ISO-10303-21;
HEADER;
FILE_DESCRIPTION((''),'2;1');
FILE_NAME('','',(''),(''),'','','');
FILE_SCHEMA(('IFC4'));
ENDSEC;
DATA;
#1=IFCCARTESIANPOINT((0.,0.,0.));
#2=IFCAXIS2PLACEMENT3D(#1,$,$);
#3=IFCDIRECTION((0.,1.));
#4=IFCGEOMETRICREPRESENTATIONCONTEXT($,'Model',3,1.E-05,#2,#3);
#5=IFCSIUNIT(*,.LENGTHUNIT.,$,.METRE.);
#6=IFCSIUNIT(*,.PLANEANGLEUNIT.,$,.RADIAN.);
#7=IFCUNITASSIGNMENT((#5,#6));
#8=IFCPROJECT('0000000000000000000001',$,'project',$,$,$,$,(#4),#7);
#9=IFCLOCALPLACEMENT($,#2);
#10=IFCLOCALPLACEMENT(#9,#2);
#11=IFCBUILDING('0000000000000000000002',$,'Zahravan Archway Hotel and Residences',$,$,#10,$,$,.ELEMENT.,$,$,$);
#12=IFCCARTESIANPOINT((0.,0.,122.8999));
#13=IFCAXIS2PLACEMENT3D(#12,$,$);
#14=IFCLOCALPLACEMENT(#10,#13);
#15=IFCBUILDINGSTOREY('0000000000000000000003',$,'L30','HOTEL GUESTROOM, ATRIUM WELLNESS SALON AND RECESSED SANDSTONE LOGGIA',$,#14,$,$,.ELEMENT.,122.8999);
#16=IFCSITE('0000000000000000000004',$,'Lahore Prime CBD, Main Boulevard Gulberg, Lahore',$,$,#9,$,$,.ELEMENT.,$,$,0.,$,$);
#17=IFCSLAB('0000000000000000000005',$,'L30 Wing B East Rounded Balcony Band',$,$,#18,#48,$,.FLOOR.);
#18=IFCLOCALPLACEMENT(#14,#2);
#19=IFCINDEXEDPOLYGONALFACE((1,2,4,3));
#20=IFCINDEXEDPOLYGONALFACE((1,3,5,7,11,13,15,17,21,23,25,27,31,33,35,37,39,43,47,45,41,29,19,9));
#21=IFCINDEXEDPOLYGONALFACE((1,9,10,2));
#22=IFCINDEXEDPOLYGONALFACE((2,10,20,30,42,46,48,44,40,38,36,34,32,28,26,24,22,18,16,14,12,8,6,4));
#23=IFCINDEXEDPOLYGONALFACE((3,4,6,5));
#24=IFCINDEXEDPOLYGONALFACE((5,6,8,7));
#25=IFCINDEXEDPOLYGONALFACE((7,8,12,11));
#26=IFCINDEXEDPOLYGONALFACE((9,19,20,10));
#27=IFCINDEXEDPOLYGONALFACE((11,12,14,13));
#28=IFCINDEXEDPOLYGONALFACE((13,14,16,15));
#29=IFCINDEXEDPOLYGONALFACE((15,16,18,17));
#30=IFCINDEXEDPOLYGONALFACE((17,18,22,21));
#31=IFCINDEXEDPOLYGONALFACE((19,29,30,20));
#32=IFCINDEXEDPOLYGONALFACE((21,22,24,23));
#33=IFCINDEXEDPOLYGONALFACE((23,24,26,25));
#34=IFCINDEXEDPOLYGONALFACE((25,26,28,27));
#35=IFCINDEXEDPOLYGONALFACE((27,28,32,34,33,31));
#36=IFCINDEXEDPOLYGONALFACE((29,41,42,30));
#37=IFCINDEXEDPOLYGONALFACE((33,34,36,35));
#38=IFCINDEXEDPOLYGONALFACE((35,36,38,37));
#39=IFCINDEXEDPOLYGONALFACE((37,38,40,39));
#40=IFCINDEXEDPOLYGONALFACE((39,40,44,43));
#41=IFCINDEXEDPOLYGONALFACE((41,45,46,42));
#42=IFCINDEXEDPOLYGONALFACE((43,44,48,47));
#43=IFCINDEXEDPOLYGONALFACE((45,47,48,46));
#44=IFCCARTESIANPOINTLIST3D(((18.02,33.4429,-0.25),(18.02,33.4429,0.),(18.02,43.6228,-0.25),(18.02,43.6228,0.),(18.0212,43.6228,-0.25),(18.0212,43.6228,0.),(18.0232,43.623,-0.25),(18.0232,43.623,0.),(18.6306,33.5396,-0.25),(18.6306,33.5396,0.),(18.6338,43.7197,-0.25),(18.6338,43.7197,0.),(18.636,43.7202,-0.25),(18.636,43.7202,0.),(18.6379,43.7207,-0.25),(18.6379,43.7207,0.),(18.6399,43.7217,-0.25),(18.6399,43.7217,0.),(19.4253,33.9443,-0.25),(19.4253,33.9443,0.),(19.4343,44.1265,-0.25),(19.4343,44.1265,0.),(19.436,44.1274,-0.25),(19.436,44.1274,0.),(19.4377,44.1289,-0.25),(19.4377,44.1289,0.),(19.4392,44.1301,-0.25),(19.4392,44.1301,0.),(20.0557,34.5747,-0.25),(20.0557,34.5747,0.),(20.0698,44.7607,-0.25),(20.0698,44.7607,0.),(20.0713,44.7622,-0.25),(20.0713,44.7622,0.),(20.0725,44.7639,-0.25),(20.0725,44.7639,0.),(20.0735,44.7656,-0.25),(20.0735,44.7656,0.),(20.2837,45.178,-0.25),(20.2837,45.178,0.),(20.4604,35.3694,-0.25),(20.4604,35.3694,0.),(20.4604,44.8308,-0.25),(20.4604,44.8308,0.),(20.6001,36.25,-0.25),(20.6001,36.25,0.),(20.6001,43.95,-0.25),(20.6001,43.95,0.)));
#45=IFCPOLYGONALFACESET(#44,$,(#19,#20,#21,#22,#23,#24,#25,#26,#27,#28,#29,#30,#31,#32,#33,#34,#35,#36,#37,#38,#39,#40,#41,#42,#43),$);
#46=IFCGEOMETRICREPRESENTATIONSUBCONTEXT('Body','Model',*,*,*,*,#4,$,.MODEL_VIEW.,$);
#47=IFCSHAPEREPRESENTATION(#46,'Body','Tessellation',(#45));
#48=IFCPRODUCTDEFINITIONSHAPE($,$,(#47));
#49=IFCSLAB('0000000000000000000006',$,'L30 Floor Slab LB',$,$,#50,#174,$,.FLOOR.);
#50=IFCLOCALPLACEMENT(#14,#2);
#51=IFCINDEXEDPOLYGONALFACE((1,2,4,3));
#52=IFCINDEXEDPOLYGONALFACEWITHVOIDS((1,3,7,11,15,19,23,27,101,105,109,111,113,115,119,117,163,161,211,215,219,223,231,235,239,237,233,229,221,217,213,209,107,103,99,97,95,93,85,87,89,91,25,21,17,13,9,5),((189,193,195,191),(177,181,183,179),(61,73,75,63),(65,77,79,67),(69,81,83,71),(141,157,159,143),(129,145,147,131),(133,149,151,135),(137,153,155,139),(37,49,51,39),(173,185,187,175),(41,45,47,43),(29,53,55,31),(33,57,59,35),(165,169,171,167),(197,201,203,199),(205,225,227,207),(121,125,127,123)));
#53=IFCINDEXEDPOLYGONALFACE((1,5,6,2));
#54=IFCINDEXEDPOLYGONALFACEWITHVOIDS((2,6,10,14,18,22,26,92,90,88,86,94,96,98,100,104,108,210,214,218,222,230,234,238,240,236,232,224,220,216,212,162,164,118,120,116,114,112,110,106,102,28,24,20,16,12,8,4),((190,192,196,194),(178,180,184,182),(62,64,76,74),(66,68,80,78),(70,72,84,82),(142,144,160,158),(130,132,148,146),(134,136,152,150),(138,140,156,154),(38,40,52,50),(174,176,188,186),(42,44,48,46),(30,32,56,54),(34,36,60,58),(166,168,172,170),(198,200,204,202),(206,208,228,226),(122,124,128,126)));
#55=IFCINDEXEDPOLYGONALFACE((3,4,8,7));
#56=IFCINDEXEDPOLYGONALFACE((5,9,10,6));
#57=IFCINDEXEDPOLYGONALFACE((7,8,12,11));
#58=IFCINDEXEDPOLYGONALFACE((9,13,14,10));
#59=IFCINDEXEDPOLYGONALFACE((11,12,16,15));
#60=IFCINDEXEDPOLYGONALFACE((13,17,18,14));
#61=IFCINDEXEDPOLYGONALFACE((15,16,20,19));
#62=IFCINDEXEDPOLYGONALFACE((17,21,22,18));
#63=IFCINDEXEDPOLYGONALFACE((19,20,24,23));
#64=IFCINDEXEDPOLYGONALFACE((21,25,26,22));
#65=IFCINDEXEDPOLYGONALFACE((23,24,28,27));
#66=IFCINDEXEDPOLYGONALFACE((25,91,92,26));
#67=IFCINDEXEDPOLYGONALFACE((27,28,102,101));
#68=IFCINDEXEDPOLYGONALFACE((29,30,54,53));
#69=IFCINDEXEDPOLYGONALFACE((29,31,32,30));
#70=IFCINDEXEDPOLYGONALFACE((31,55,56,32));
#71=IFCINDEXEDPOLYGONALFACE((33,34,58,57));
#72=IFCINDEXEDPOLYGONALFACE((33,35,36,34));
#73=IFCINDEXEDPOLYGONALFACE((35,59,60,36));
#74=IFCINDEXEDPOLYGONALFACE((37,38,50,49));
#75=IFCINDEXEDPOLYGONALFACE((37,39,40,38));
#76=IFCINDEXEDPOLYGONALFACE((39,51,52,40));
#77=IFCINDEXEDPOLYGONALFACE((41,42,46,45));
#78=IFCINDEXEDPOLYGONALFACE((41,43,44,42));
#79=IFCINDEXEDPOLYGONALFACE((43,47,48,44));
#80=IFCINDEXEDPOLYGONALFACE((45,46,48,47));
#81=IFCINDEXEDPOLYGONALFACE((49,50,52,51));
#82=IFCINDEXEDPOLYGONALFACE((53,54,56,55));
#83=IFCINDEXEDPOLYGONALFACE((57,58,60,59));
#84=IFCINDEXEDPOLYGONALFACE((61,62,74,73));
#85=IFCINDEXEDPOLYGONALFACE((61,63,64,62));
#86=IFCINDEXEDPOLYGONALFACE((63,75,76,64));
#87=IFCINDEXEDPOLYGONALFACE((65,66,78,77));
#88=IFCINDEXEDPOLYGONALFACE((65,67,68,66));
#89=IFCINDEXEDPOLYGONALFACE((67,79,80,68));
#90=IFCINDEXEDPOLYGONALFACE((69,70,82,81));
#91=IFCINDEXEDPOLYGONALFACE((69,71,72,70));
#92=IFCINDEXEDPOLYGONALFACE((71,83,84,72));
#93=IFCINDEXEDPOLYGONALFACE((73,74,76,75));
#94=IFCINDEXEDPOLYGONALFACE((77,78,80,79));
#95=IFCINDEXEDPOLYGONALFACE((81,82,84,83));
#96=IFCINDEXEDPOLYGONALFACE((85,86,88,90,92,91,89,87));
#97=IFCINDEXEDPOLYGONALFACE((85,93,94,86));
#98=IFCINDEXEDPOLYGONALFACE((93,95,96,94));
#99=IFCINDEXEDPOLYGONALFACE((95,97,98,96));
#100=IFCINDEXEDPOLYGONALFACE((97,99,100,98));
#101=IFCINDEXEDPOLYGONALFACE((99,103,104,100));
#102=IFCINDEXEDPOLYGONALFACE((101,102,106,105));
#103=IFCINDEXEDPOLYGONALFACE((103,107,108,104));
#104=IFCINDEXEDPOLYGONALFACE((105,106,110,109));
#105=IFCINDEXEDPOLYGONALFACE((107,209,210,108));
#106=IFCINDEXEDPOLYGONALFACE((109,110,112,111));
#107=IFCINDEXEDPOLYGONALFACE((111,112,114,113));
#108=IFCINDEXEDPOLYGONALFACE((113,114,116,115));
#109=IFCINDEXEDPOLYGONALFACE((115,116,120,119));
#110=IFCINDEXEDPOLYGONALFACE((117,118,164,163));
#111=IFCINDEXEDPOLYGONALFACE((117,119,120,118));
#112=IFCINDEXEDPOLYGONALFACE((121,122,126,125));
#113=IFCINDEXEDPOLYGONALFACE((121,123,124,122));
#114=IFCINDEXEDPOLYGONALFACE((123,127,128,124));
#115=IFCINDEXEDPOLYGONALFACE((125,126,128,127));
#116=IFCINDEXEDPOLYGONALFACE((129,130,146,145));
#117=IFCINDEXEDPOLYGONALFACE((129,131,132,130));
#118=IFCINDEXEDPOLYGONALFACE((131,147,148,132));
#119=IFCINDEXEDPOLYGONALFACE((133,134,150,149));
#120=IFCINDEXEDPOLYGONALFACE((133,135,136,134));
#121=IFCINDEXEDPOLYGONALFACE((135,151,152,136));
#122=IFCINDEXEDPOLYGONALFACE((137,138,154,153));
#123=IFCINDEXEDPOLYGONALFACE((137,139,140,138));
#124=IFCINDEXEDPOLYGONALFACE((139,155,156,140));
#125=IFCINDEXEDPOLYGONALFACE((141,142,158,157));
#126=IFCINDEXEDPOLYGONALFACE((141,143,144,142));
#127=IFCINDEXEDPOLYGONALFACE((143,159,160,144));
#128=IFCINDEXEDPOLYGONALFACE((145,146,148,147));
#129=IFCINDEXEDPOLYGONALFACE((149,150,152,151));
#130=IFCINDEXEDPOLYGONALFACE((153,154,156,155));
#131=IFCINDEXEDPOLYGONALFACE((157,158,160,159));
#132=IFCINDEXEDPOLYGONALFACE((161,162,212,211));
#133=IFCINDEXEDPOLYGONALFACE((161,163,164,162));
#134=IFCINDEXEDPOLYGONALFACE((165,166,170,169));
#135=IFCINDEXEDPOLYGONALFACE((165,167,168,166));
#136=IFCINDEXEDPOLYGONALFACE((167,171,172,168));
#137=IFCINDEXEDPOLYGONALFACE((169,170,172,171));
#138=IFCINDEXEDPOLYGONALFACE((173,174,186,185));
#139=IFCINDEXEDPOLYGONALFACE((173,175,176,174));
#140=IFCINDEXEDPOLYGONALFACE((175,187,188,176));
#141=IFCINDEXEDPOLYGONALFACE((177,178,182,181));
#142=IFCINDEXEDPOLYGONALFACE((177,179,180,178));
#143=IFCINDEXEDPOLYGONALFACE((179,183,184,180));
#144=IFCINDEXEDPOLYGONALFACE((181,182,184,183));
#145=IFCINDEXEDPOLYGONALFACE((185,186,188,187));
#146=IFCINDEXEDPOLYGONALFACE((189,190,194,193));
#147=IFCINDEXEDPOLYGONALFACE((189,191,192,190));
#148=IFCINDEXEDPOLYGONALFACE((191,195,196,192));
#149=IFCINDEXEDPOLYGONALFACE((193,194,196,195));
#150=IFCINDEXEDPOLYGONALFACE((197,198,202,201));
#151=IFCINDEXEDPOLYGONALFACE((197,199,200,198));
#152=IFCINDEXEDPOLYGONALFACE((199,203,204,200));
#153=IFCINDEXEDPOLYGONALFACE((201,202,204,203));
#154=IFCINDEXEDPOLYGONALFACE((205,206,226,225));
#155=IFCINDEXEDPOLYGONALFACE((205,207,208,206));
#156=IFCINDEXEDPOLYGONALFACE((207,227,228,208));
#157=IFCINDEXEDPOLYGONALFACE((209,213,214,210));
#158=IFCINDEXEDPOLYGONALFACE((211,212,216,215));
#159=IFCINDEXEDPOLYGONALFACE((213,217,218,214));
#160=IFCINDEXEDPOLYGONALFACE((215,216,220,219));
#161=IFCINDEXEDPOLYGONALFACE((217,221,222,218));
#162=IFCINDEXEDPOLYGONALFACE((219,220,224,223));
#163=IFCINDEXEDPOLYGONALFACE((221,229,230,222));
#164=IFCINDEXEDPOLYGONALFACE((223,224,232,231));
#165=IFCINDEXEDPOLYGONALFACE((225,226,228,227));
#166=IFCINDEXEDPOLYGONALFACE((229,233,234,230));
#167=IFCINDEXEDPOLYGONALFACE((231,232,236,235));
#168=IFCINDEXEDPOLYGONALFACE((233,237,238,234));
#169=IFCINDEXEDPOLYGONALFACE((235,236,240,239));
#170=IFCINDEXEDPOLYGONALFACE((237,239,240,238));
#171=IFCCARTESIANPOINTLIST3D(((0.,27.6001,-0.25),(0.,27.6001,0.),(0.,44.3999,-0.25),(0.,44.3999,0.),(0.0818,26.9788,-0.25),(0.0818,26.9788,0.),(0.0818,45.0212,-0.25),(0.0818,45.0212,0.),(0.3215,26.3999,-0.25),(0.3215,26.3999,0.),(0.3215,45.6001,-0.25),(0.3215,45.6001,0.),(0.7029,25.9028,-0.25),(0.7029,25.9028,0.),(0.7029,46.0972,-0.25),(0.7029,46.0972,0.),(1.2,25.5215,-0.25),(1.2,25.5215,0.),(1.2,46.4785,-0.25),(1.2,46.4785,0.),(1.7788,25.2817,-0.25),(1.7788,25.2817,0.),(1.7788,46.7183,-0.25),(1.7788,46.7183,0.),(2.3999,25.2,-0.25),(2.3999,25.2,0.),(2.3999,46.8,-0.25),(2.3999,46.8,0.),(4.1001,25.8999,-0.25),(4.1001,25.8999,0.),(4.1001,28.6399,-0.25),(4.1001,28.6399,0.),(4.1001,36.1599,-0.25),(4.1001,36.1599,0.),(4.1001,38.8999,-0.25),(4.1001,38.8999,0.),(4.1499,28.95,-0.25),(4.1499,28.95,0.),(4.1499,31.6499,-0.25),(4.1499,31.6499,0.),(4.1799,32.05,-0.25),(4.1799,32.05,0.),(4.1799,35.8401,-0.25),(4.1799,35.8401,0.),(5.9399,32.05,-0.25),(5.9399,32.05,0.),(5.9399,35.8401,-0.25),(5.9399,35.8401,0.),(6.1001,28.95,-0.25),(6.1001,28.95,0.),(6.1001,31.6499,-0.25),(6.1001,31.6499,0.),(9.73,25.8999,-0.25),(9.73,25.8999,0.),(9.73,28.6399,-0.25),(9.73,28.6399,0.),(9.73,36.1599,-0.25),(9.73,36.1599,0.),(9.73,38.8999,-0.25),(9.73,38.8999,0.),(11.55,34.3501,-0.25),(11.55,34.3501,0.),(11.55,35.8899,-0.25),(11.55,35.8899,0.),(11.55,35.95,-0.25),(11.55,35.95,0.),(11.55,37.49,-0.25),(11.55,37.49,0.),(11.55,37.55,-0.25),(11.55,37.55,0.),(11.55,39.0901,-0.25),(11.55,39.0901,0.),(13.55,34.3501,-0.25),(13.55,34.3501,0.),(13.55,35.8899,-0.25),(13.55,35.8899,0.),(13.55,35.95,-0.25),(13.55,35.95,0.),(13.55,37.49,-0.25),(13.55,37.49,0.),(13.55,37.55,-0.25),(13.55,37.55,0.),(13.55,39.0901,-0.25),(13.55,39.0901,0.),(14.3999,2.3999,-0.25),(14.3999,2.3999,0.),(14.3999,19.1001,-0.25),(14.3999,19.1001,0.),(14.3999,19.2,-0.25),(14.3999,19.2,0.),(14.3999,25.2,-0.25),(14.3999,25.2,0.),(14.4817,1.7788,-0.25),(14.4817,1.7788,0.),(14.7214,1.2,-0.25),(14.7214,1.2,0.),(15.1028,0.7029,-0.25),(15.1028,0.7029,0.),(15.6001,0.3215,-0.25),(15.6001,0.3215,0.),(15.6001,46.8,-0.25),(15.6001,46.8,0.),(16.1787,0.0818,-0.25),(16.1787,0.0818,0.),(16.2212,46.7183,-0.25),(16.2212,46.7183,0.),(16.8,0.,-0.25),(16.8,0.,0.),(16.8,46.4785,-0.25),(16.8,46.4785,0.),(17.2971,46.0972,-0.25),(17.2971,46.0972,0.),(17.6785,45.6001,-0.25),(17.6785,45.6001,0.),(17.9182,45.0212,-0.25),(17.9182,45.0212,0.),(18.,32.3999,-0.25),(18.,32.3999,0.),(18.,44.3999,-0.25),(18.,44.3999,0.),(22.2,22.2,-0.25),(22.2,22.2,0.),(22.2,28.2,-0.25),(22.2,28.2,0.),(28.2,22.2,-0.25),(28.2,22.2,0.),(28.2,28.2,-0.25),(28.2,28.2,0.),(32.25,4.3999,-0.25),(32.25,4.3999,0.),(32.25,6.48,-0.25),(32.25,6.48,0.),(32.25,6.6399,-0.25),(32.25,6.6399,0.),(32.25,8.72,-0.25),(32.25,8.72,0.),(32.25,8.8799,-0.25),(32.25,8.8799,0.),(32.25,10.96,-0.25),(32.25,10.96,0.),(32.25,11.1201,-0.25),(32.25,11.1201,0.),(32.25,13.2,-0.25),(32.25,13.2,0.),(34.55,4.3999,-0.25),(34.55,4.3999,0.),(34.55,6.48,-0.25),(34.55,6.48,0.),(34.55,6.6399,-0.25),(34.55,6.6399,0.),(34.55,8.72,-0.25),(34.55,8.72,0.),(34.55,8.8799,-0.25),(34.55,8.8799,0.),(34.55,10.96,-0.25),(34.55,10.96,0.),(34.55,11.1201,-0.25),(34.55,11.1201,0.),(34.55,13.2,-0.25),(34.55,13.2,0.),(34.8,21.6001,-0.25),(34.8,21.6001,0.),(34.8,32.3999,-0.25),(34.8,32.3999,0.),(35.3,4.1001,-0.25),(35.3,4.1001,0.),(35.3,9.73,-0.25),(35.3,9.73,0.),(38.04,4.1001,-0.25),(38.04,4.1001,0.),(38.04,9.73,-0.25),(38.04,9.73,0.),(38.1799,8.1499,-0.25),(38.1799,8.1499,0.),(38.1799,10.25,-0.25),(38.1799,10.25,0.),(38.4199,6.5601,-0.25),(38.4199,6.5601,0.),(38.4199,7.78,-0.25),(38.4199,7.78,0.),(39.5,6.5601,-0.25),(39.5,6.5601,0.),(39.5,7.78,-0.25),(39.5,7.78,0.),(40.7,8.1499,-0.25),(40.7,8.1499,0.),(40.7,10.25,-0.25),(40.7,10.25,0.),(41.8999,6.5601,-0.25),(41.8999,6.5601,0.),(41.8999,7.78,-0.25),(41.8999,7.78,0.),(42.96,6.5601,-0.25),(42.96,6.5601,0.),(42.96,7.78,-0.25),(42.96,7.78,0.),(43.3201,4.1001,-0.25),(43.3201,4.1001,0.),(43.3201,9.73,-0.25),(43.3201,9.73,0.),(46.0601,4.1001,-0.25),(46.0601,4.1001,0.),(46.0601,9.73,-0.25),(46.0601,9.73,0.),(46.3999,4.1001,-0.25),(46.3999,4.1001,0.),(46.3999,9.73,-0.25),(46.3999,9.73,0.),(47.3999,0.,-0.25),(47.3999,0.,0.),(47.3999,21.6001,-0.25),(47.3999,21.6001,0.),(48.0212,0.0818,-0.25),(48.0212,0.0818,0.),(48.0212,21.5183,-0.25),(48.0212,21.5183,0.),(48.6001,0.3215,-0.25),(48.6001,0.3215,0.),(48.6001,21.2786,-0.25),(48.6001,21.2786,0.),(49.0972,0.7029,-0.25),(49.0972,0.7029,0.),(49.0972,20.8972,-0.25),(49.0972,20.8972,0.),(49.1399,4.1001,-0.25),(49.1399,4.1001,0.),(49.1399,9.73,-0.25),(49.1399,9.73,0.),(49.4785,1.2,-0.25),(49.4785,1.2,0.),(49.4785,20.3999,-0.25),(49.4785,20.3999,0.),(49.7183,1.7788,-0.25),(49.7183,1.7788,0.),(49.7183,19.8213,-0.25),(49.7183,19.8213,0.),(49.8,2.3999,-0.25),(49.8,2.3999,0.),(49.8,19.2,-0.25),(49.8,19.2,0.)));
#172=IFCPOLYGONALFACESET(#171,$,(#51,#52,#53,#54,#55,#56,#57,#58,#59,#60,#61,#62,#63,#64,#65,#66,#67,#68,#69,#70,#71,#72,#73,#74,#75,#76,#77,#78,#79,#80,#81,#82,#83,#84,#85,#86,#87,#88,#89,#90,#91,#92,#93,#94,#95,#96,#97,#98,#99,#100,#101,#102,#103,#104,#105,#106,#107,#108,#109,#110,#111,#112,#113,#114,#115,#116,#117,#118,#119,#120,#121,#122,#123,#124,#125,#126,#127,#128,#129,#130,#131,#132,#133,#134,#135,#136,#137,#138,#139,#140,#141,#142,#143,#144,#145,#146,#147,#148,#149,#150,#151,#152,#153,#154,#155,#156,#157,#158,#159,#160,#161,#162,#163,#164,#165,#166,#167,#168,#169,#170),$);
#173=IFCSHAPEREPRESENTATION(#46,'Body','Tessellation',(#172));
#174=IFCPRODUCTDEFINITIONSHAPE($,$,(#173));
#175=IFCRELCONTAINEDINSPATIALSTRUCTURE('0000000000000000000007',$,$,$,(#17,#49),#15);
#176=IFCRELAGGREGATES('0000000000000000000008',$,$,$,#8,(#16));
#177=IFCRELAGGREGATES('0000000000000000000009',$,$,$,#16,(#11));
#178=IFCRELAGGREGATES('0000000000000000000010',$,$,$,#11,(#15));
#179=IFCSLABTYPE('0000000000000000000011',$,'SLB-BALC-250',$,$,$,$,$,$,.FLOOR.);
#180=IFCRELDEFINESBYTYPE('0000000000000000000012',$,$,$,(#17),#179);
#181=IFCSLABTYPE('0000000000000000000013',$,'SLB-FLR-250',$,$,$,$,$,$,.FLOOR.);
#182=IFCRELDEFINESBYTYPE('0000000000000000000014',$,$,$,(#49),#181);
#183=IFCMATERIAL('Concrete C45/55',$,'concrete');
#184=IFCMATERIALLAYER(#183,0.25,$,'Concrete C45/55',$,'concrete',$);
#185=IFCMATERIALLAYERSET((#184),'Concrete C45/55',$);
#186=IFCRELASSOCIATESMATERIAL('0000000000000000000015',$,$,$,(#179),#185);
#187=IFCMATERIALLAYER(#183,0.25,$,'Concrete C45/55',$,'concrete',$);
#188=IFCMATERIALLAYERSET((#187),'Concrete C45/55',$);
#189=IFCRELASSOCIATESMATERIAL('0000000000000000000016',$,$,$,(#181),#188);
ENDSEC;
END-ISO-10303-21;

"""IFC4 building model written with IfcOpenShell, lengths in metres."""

from ifc_helpers import new_model, si_unit, direction, frame, origin, place, context, subcontext, project, spatial, polyline, outline, extrude, material, layer, layer_set, type_object, element, save


model = new_model("IFC4")

# Units and contexts
model_context = context("Model", 3, precision=1e-05, world=origin(), true_north=direction((0.0, 1.0)))
body_context = subcontext(model_context, "Body", "Model", "MODEL_VIEW")
ifc_project = project(units=[si_unit("LENGTHUNIT", "METRE"), si_unit("PLANEANGLEUNIT", "RADIAN")], contexts=[model_context])

# Site, building, storey
site_placement = place(None, origin())
site = spatial("IfcSite", under=ifc_project, at=site_placement, Name="Lahore Prime CBD, Main Boulevard Gulberg, Lahore", CompositionType="ELEMENT", RefElevation=0.0)
building_placement = place(site_placement, origin())
building = spatial("IfcBuilding", under=site, at=building_placement, Name="Zahravan Archway Hotel and Residences", CompositionType="ELEMENT")
storey_placement = place(building_placement, frame((0.0, 0.0, 122.8999)))
storey = spatial("IfcBuildingStorey", under=building, at=storey_placement, Name="L30", Description="HOTEL GUESTROOM, ATRIUM WELLNESS SALON AND RECESSED SANDSTONE LOGGIA", CompositionType="ELEMENT", Elevation=122.8999)

# Slabs
ifc_material_1 = material(Name="Concrete C45/55", Category="concrete")
ifc_layer_1 = layer(ifc_material_1, 0.25, Name="Concrete C45/55", Category="concrete")
ifc_layer_set_1 = layer_set([ifc_layer_1], Name="Concrete C45/55")
slab_type_1 = type_object("IfcSlabType", Name="SLB-BALC-250", PredefinedType="FLOOR", material=ifc_layer_set_1)
slab_1_placement = place(storey_placement, frame((0.0, 0.0, -0.25)))
element("IfcSlab", 1, at=slab_1_placement, inside=storey, type_object=slab_type_1, Name="L30 Wing B East Rounded Balcony Band", PredefinedType="FLOOR", context=body_context, shape_type="SweptSolid", body=[
    extrude(outline(polyline([(20.4604, 44.8308), (20.6001, 43.95), (20.6001, 36.25), (20.4604, 35.3694), (20.0557, 34.5747), (19.4253, 33.9443), (18.6306, 33.5396), (18.02, 33.4429), (18.02, 43.6228), (18.0212, 43.6228), (18.0232, 43.623), (18.6338, 43.7197), (18.636, 43.7202), (18.6379, 43.7207), (18.6399, 43.7217), (19.4343, 44.1265), (19.436, 44.1274), (19.4377, 44.1289), (19.4392, 44.1301), (20.0698, 44.7607), (20.0713, 44.7622), (20.0725, 44.7639), (20.0735, 44.7656), (20.2837, 45.178), (20.4604, 44.8308)])), origin(), (0.0, 0.0, 1.0), 0.25),
])
ifc_layer_2 = layer(ifc_material_1, 0.25, Name="Concrete C45/55", Category="concrete")
ifc_layer_set_2 = layer_set([ifc_layer_2], Name="Concrete C45/55")
slab_type_2 = type_object("IfcSlabType", Name="SLB-FLR-250", PredefinedType="FLOOR", material=ifc_layer_set_2)
slab_2_placement = place(storey_placement, frame((0.0, 0.0, -0.25)))
element("IfcSlab", 2, at=slab_2_placement, inside=storey, type_object=slab_type_2, Name="L30 Floor Slab LB", PredefinedType="FLOOR", context=body_context, shape_type="SweptSolid", body=[
    extrude(outline(polyline([(34.8, 21.6001), (34.8, 32.3999), (18.0, 32.3999), (18.0, 44.3999), (17.9182, 45.0212), (17.6785, 45.6001), (17.2971, 46.0972), (16.8, 46.4785), (16.2212, 46.7183), (15.6001, 46.8), (2.3999, 46.8), (1.7788, 46.7183), (1.2, 46.4785), (0.7029, 46.0972), (0.3215, 45.6001), (0.0818, 45.0212), (0.0, 44.3999), (0.0, 27.6001), (0.0818, 26.9788), (0.3215, 26.3999), (0.7029, 25.9028), (1.2, 25.5215), (1.7788, 25.2817), (2.3999, 25.2), (14.3999, 25.2), (14.3999, 19.2), (14.3999, 19.1001), (14.3999, 2.3999), (14.4817, 1.7788), (14.7214, 1.2), (15.1028, 0.7029), (15.6001, 0.3215), (16.1787, 0.0818), (16.8, 0.0), (47.3999, 0.0), (48.0212, 0.0818), (48.6001, 0.3215), (49.0972, 0.7029), (49.4785, 1.2), (49.7183, 1.7788), (49.8, 2.3999), (49.8, 19.2), (49.7183, 19.8213), (49.4785, 20.3999), (49.0972, 20.8972), (48.6001, 21.2786), (48.0212, 21.5183), (47.3999, 21.6001), (34.8, 21.6001)]), holes=[polyline([(35.3, 9.73), (35.3, 4.1001), (38.04, 4.1001), (38.04, 9.73), (35.3, 9.73)]), polyline([(43.3201, 9.73), (43.3201, 4.1001), (46.0601, 4.1001), (46.0601, 9.73), (43.3201, 9.73)]), polyline([(46.3999, 9.73), (46.3999, 4.1001), (49.1399, 4.1001), (49.1399, 9.73), (46.3999, 9.73)]), polyline([(9.73, 28.6399), (4.1001, 28.6399), (4.1001, 25.8999), (9.73, 25.8999), (9.73, 28.6399)]), polyline([(9.73, 38.8999), (4.1001, 38.8999), (4.1001, 36.1599), (9.73, 36.1599), (9.73, 38.8999)]), polyline([(38.1799, 8.1499), (40.7, 8.1499), (40.7, 10.25), (38.1799, 10.25), (38.1799, 8.1499)]), polyline([(4.1499, 28.95), (6.1001, 28.95), (6.1001, 31.6499), (4.1499, 31.6499), (4.1499, 28.95)]), polyline([(11.55, 34.3501), (13.55, 34.3501), (13.55, 35.8899), (11.55, 35.8899), (11.55, 34.3501)]), polyline([(11.55, 35.95), (13.55, 35.95), (13.55, 37.49), (11.55, 37.49), (11.55, 35.95)]), polyline([(11.55, 37.55), (13.55, 37.55), (13.55, 39.0901), (11.55, 39.0901), (11.55, 37.55)]), polyline([(32.25, 4.3999), (34.55, 4.3999), (34.55, 6.48), (32.25, 6.48), (32.25, 4.3999)]), polyline([(32.25, 6.6399), (34.55, 6.6399), (34.55, 8.72), (32.25, 8.72), (32.25, 6.6399)]), polyline([(32.25, 8.8799), (34.55, 8.8799), (34.55, 10.96), (32.25, 10.96), (32.25, 8.8799)]), polyline([(32.25, 11.1201), (34.55, 11.1201), (34.55, 13.2), (32.25, 13.2), (32.25, 11.1201)]), polyline([(22.2, 22.2), (28.2, 22.2), (28.2, 28.2), (22.2, 28.2), (22.2, 22.2)]), polyline([(38.4199, 6.5601), (39.5, 6.5601), (39.5, 7.78), (38.4199, 7.78), (38.4199, 6.5601)]), polyline([(41.8999, 6.5601), (42.96, 6.5601), (42.96, 7.78), (41.8999, 7.78), (41.8999, 6.5601)]), polyline([(4.1799, 32.05), (5.9399, 32.05), (5.9399, 35.8401), (4.1799, 35.8401), (4.1799, 32.05)])]), origin(), (0.0, 0.0, 1.0), 0.25),
])

save(model, "model.ifc")
